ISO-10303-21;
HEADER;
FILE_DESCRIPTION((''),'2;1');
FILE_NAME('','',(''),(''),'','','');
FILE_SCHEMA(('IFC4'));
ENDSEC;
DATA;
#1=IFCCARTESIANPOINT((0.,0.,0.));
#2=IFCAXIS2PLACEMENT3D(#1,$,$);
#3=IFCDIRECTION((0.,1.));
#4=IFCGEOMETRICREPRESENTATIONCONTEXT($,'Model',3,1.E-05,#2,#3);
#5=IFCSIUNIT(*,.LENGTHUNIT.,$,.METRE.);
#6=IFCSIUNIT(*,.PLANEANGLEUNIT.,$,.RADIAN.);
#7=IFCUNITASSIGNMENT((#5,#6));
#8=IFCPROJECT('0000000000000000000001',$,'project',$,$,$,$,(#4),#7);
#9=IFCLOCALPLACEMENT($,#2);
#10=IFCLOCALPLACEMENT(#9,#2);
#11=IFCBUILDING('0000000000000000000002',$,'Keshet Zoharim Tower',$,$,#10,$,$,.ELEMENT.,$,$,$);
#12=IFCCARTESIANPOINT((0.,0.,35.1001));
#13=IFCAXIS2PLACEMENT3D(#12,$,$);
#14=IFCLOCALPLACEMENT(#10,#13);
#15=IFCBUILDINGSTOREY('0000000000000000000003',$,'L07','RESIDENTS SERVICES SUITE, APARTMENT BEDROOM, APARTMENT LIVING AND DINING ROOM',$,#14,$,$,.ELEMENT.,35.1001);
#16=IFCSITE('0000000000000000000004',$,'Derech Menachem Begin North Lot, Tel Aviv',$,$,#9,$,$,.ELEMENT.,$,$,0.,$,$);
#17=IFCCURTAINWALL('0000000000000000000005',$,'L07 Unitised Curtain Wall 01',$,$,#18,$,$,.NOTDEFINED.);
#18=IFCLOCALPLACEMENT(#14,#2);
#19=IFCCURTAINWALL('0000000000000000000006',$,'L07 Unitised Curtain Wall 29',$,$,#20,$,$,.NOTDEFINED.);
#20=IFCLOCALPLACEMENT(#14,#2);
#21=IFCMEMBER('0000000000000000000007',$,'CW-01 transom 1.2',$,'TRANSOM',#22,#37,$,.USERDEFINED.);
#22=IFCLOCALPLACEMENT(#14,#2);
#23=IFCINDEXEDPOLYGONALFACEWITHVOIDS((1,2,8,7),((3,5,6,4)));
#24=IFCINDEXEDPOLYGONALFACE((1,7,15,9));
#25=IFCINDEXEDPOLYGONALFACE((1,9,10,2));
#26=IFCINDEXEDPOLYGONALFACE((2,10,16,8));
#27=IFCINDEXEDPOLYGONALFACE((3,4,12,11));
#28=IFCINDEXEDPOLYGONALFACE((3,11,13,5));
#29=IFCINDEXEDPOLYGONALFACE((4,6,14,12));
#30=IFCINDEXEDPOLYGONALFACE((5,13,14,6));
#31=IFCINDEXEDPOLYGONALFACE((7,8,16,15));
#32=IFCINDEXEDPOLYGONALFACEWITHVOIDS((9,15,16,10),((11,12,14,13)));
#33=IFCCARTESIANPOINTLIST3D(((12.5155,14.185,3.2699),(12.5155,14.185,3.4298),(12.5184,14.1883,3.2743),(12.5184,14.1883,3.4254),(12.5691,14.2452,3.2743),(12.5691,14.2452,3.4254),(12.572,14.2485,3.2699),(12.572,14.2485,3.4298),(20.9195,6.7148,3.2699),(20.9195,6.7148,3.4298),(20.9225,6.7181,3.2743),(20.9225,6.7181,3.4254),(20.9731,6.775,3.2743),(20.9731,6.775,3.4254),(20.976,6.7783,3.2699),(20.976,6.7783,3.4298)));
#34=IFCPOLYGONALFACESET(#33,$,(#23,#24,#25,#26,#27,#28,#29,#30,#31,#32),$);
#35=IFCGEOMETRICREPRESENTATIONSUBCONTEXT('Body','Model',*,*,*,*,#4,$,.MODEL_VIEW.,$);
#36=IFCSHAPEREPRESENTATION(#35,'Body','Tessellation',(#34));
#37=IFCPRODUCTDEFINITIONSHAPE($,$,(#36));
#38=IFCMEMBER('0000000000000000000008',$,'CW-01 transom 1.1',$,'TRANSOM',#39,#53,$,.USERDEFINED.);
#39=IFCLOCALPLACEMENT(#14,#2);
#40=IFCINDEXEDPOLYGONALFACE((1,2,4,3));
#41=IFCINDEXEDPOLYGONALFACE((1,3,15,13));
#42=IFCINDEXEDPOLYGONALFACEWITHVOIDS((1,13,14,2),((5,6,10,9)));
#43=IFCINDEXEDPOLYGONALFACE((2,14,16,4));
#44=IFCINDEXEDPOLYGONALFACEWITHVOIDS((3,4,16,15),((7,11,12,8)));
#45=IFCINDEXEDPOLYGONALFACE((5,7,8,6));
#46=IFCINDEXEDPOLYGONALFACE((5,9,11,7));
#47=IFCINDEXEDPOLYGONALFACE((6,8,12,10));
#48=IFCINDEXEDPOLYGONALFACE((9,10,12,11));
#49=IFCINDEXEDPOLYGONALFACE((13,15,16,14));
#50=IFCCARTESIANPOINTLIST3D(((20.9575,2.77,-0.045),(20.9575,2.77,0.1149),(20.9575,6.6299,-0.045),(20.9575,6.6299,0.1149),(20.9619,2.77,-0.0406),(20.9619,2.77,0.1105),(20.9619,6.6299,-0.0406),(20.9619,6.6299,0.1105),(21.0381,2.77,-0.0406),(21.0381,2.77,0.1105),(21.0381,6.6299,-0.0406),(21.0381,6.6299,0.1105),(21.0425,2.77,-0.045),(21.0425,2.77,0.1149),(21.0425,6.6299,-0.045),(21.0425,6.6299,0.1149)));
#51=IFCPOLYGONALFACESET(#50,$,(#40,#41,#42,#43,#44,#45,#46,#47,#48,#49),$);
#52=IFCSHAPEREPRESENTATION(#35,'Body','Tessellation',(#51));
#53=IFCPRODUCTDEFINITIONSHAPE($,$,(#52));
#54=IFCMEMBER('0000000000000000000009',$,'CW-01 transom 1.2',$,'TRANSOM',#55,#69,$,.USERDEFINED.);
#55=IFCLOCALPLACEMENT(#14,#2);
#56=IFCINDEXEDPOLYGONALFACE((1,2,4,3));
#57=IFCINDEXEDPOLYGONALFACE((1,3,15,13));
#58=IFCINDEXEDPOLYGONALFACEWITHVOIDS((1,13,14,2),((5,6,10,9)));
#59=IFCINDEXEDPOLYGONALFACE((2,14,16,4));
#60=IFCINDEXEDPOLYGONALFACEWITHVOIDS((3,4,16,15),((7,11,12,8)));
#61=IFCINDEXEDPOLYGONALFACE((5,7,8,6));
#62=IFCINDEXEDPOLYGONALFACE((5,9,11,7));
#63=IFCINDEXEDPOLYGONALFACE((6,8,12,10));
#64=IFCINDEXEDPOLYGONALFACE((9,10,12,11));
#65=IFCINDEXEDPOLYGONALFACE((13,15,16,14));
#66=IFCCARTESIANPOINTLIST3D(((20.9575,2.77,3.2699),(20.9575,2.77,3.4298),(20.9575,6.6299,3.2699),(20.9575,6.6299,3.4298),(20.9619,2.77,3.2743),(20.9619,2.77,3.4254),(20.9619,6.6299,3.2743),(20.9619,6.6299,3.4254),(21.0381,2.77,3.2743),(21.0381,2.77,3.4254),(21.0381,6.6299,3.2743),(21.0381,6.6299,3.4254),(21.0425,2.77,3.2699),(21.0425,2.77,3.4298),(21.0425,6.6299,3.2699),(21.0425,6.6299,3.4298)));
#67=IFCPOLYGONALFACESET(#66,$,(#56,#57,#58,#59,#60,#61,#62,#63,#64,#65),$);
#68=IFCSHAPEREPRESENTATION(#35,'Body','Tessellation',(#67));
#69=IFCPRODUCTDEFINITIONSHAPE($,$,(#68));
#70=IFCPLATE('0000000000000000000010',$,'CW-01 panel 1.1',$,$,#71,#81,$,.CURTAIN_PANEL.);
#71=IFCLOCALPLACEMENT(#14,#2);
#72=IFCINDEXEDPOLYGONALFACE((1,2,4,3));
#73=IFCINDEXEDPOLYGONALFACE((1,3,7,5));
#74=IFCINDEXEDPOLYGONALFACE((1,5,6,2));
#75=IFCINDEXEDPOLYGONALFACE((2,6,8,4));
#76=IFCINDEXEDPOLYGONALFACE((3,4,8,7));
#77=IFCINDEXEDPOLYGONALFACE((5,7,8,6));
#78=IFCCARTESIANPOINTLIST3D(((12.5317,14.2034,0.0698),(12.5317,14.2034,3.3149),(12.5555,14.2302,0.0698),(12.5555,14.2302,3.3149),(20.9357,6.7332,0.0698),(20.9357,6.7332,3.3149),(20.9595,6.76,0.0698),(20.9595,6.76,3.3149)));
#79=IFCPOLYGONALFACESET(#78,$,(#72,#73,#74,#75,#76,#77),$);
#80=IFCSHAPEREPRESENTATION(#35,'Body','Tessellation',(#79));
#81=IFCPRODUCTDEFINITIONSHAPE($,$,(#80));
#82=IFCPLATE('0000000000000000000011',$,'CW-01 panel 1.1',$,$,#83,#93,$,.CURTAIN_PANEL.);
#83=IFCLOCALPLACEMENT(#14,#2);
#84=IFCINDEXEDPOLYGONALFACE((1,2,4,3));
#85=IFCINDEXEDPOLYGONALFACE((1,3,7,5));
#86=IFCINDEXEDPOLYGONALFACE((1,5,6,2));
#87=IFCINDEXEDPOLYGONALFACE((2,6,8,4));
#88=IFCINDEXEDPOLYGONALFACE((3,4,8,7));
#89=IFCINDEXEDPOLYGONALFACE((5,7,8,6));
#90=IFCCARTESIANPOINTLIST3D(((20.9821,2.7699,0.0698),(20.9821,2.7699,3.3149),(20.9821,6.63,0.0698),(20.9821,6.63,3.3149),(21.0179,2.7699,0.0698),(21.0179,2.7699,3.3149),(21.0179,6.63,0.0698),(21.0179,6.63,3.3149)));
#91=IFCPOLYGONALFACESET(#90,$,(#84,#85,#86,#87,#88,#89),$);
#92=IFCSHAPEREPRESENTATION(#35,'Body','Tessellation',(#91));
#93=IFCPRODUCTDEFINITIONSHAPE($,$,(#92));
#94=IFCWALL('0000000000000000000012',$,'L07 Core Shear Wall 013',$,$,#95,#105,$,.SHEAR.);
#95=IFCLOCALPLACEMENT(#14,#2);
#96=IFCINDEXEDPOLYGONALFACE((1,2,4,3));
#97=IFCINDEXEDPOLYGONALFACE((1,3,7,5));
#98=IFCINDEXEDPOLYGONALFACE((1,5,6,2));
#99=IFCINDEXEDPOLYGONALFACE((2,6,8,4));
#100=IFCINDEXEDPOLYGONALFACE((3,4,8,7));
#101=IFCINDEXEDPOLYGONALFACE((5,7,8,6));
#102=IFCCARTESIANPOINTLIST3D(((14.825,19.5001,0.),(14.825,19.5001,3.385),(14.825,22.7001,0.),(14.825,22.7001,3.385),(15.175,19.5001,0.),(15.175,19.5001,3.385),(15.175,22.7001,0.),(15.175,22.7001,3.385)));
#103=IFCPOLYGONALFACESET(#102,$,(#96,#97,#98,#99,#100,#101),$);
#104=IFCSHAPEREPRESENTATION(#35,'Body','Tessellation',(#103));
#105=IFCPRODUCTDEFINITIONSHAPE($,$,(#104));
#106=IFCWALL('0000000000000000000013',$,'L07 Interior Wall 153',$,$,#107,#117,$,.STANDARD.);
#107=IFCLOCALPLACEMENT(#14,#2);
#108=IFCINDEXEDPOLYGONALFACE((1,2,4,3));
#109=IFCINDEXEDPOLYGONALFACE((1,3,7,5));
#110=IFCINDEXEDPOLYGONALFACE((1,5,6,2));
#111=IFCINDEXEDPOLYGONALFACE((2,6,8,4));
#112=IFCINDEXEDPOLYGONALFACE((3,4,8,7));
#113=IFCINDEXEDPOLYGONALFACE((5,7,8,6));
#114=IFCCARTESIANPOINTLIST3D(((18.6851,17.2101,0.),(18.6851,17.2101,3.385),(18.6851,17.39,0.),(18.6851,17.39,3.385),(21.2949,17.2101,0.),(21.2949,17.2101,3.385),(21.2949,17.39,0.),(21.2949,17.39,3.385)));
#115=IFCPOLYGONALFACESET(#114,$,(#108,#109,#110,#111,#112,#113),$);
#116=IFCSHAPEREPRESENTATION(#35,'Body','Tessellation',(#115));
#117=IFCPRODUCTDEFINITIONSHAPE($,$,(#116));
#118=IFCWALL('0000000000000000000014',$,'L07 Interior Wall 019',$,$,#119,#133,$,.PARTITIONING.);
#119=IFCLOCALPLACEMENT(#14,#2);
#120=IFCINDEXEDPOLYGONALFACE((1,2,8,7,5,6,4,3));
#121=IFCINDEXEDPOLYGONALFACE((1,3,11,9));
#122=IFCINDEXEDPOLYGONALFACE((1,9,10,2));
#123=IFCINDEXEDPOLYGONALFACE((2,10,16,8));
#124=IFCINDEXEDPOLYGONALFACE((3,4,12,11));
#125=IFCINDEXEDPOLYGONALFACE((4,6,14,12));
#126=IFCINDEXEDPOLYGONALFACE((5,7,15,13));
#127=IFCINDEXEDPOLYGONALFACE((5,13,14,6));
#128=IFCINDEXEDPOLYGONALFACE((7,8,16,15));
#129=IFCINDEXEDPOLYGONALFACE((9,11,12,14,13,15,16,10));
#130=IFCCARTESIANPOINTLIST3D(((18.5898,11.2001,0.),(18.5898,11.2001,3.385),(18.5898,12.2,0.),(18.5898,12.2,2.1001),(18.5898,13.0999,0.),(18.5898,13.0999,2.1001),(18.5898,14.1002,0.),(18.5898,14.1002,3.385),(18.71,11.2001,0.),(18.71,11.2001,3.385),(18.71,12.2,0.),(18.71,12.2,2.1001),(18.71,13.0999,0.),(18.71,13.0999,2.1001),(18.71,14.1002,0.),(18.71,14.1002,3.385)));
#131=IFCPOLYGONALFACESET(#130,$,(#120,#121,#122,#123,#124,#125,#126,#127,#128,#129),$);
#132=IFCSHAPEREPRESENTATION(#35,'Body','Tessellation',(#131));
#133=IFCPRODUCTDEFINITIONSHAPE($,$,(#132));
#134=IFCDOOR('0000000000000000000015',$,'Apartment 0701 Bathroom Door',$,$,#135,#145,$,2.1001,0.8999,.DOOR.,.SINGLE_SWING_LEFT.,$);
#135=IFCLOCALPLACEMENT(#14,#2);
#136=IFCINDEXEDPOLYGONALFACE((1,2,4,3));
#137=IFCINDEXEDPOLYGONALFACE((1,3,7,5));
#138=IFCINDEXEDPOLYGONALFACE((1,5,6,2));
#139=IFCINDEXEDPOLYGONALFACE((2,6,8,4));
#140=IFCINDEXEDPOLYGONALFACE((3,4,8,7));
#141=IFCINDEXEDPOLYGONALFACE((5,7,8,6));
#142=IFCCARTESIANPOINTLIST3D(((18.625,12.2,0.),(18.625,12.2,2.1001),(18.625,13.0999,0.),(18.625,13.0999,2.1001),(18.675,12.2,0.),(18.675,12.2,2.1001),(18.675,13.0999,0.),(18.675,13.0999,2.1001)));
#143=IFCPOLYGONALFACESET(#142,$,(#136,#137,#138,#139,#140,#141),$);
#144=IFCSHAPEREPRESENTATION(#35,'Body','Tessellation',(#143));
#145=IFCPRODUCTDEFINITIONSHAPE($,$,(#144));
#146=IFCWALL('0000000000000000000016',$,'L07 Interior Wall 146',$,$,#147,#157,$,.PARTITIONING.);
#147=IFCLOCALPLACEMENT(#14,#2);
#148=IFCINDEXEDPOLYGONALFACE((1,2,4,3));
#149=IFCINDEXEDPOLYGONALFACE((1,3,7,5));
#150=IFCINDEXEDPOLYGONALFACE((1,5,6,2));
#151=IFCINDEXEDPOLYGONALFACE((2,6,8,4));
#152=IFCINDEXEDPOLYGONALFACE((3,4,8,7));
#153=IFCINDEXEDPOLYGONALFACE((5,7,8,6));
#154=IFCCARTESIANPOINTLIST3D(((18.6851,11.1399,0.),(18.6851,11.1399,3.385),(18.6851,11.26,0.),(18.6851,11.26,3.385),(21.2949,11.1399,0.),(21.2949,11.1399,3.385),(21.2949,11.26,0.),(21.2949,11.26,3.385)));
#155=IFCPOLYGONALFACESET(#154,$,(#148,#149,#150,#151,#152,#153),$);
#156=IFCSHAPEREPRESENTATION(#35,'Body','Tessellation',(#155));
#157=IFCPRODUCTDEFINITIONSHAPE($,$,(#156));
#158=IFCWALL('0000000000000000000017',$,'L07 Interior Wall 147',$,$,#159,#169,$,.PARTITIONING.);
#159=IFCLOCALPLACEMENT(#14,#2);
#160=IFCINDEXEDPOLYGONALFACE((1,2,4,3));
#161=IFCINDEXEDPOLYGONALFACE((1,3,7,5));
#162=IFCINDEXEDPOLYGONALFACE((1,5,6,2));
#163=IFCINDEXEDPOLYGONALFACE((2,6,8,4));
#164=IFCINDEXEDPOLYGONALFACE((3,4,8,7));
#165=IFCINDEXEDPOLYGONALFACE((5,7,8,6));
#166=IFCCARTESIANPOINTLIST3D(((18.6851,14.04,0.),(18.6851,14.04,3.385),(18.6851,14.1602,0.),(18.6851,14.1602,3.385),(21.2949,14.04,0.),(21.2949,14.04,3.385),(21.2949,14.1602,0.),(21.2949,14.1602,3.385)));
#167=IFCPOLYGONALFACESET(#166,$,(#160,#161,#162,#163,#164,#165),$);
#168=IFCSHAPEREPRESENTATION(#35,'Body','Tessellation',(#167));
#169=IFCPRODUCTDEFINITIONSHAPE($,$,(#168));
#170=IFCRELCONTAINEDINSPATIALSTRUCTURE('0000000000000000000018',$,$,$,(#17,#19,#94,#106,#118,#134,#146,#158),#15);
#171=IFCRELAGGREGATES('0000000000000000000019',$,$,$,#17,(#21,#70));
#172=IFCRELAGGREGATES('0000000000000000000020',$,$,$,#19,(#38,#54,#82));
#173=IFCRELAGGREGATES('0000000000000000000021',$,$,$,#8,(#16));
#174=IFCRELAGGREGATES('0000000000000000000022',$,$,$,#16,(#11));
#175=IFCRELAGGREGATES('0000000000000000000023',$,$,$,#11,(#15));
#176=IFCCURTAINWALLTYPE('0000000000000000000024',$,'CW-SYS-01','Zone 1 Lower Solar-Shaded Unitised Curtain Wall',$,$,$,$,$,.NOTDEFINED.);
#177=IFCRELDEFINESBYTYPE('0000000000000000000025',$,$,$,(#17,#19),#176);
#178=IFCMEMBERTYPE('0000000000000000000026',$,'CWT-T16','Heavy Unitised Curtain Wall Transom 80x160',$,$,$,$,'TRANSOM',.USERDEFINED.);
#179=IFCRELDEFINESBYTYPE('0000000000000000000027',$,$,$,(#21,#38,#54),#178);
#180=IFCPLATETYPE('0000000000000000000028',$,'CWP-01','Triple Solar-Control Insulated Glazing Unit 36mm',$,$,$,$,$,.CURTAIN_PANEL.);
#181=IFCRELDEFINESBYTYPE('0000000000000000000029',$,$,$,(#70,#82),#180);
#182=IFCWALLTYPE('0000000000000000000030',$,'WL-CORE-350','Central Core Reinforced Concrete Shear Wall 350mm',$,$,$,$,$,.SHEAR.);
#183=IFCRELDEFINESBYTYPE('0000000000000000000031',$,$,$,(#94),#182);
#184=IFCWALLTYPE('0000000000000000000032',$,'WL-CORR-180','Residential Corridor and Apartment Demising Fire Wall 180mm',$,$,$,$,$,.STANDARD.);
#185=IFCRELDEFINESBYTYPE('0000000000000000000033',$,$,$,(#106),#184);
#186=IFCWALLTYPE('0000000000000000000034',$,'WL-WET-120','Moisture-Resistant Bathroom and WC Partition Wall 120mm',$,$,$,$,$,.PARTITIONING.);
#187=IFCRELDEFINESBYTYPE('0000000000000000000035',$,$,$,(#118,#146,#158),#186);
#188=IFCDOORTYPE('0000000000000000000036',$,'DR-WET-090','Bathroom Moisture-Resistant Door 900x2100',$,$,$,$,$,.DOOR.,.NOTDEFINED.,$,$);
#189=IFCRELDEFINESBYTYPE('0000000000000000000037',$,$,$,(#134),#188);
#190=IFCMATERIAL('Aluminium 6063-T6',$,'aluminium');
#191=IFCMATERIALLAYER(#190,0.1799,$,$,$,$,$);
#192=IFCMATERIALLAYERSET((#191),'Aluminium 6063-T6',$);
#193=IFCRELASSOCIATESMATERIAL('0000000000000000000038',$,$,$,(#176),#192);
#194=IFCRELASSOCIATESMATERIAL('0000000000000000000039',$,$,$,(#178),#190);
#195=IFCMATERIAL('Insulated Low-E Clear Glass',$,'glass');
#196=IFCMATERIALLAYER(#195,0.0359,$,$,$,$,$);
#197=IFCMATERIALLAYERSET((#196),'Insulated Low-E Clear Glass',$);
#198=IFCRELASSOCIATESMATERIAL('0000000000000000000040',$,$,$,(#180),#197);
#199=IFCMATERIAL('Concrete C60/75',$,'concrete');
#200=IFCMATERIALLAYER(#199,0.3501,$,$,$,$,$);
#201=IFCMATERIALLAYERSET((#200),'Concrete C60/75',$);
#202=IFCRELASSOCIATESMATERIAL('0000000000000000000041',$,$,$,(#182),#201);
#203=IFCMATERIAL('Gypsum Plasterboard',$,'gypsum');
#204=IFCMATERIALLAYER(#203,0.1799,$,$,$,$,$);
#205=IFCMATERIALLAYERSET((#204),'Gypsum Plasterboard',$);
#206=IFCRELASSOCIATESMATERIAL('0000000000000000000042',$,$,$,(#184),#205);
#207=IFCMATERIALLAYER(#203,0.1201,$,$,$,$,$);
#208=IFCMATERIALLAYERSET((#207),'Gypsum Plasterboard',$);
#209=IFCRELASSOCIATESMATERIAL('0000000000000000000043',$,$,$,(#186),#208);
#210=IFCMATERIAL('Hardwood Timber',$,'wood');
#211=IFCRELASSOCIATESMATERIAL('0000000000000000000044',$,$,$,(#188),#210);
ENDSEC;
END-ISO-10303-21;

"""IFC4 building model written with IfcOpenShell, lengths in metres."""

from ifc_helpers import new_model, si_unit, direction, frame, frame_2d, origin, origin_2d, place, context, subcontext, project, spatial, rectangle, hollow_rectangle, extrude, material, layer, layer_set, material_profile, profile_set, type_object, element, fill, aggregate, save


model = new_model("IFC4")

# Units and contexts
model_context = context("Model", 3, precision=1e-05, world=origin(), true_north=direction((0.0, 1.0)))
body_context = subcontext(model_context, "Body", "Model", "MODEL_VIEW")
ifc_project = project(units=[si_unit("LENGTHUNIT", "METRE"), si_unit("PLANEANGLEUNIT", "RADIAN")], contexts=[model_context])

# Site, building, storey
site_placement = place(None, origin())
site = spatial("IfcSite", under=ifc_project, at=site_placement, Name="Derech Menachem Begin North Lot, Tel Aviv", CompositionType="ELEMENT", RefElevation=0.0)
building_placement = place(site_placement, origin())
building = spatial("IfcBuilding", under=site, at=building_placement, Name="Keshet Zoharim Tower", CompositionType="ELEMENT")
storey_placement = place(building_placement, frame((0.0, 0.0, 35.1001)))
storey = spatial("IfcBuildingStorey", under=building, at=storey_placement, Name="L07", Description="RESIDENTS SERVICES SUITE, APARTMENT BEDROOM, APARTMENT LIVING AND DINING ROOM", CompositionType="ELEMENT", Elevation=35.1001)

# Shared definitions
ifc_material_1 = material(Name="Concrete C60/75", Category="concrete")

# Curtain wall
ifc_material_2 = material(Name="Aluminium 6063-T6", Category="aluminium")
ifc_layer_1 = layer(ifc_material_2, 0.1799)
ifc_layer_set_1 = layer_set([ifc_layer_1], Name="Aluminium 6063-T6")
curtain_wall_type = type_object("IfcCurtainWallType", Name="CW-SYS-01", Description="Zone 1 Lower Solar-Shaded Unitised Curtain Wall", PredefinedType="NOTDEFINED", material=ifc_layer_set_1)
curtain_wall_1_placement = place(storey_placement, origin())
curtain_wall_1 = element("IfcCurtainWall", 1, at=curtain_wall_1_placement, inside=storey, type_object=curtain_wall_type, Name="L07 Unitised Curtain Wall 01", PredefinedType="NOTDEFINED")

# Curtain wall
curtain_wall_2_placement = place(storey_placement, origin())
curtain_wall_2 = element("IfcCurtainWall", 2, at=curtain_wall_2_placement, inside=storey, type_object=curtain_wall_type, Name="L07 Unitised Curtain Wall 29", PredefinedType="NOTDEFINED")

# Members
ifc_material_profile_1 = material_profile(ifc_material_2, hollow_rectangle(XDim=0.085, YDim=0.1599, WallThickness=0.0044, at=origin_2d()), Name="TRN-85x160")
ifc_profile_set_1 = profile_set([ifc_material_profile_1], Name="Aluminium 6063-T6")
member_type_1 = type_object("IfcMemberType", Name="CWT-T16", Description="Heavy Unitised Curtain Wall Transom 80x160", ElementType="TRANSOM", PredefinedType="USERDEFINED", material=ifc_profile_set_1)
member_1_placement = place(storey_placement, frame((20.9478, 6.7466, 3.3499), z_axis=(-0.747412, 0.664361, 0.0), x_axis=(-0.664361, -0.747412, 0.0)))
member_1 = element("IfcMember", 3, at=member_1_placement, type_object=member_type_1, Name="CW-01 transom 1.2", ObjectType="TRANSOM", PredefinedType="USERDEFINED", context=body_context, shape_type="SweptSolid", body=[
    extrude(hollow_rectangle(XDim=0.085, YDim=0.1599, WallThickness=0.0044, at=origin_2d()), origin(), (0.0, 0.0, 1.0), 11.2441),
])
member_2_placement = place(storey_placement, frame((21.0, 2.77, 0.0349), z_axis=(0.0, 1.0, 0.0), x_axis=(-1.0, 0.0, 0.0)))
member_2 = element("IfcMember", 4, at=member_2_placement, type_object=member_type_1, Name="CW-01 transom 1.1", ObjectType="TRANSOM", PredefinedType="USERDEFINED", context=body_context, shape_type="SweptSolid", body=[
    extrude(hollow_rectangle(XDim=0.085, YDim=0.1599, WallThickness=0.0044, at=origin_2d()), origin(), (0.0, 0.0, 1.0), 3.8599),
])
member_3_placement = place(storey_placement, frame((21.0, 2.77, 3.3499), z_axis=(0.0, 1.0, 0.0), x_axis=(-1.0, 0.0, 0.0)))
member_3 = element("IfcMember", 5, at=member_3_placement, type_object=member_type_1, Name="CW-01 transom 1.2", ObjectType="TRANSOM", PredefinedType="USERDEFINED", context=body_context, shape_type="SweptSolid", body=[
    extrude(hollow_rectangle(XDim=0.085, YDim=0.1599, WallThickness=0.0044, at=origin_2d()), origin(), (0.0, 0.0, 1.0), 3.8599),
])

# Plates
ifc_material_3 = material(Name="Insulated Low-E Clear Glass", Category="glass")
ifc_layer_2 = layer(ifc_material_3, 0.0359)
ifc_layer_set_2 = layer_set([ifc_layer_2], Name="Insulated Low-E Clear Glass")
plate_type = type_object("IfcPlateType", Name="CWP-01", Description="Triple Solar-Control Insulated Glazing Unit 36mm", PredefinedType="CURTAIN_PANEL", material=ifc_layer_set_2)
plate_1_placement = place(storey_placement, frame((16.7456, 10.4817, 0.0698), z_axis=(0.0, 0.0, 1.0), x_axis=(-0.747409, 0.664364, 0.0)))
plate_1 = element("IfcPlate", 6, at=plate_1_placement, type_object=plate_type, Name="CW-01 panel 1.1", PredefinedType="CURTAIN_PANEL", context=body_context, shape_type="SweptSolid", body=[
    extrude(rectangle(XDim=11.2441, YDim=0.0359, at=origin_2d()), origin(), (0.0, 0.0, 1.0), 3.2451),
])
aggregate(curtain_wall_1, [member_1, plate_1])
plate_2_placement = place(storey_placement, frame((21.0, 4.7, 0.0698), z_axis=(0.0, 0.0, 1.0), x_axis=(0.0, 1.0, 0.0)))
plate_2 = element("IfcPlate", 7, at=plate_2_placement, type_object=plate_type, Name="CW-01 panel 1.1", PredefinedType="CURTAIN_PANEL", context=body_context, shape_type="SweptSolid", body=[
    extrude(rectangle(XDim=3.8601, YDim=0.0359, at=origin_2d()), origin(), (0.0, 0.0, 1.0), 3.2451),
])
aggregate(curtain_wall_2, [member_2, member_3, plate_2])

# Walls
ifc_layer_3 = layer(ifc_material_1, 0.3501)
ifc_layer_set_3 = layer_set([ifc_layer_3], Name="Concrete C60/75")
wall_type_1 = type_object("IfcWallType", Name="WL-CORE-350", Description="Central Core Reinforced Concrete Shear Wall 350mm", PredefinedType="SHEAR", material=ifc_layer_set_3)
wall_1_placement = place(storey_placement, frame((15.0, 19.5, 0.0), z_axis=(0.0, 0.0, 1.0), x_axis=(0.0, 1.0, 0.0)))
element("IfcWall", 8, at=wall_1_placement, inside=storey, type_object=wall_type_1, Name="L07 Core Shear Wall 013", PredefinedType="SHEAR", context=body_context, shape_type="SweptSolid", body=[
    extrude(rectangle(XDim=3.2, YDim=0.3501, at=frame_2d((1.6001, 0.0))), origin(), (0.0, 0.0, 1.0), 3.385),
])
ifc_material_4 = material(Name="Gypsum Plasterboard", Category="gypsum")
ifc_layer_4 = layer(ifc_material_4, 0.1799)
ifc_layer_set_4 = layer_set([ifc_layer_4], Name="Gypsum Plasterboard")
wall_type_2 = type_object("IfcWallType", Name="WL-CORR-180", Description="Residential Corridor and Apartment Demising Fire Wall 180mm", PredefinedType="STANDARD", material=ifc_layer_set_4)
wall_2_placement = place(storey_placement, frame((18.6851, 17.3, 0.0), z_axis=(0.0, 0.0, 1.0), x_axis=(1.0, 0.0, 0.0)))
element("IfcWall", 9, at=wall_2_placement, inside=storey, type_object=wall_type_2, Name="L07 Interior Wall 153", PredefinedType="STANDARD", context=body_context, shape_type="SweptSolid", body=[
    extrude(rectangle(XDim=2.6099, YDim=0.1799, at=frame_2d((1.3049, 0.0))), origin(), (0.0, 0.0, 1.0), 3.385),
])

# Wall, opening, door
ifc_material_5 = material(Name="Hardwood Timber", Category="wood")
ifc_layer_5 = layer(ifc_material_4, 0.1201)
ifc_layer_set_5 = layer_set([ifc_layer_5], Name="Gypsum Plasterboard")
wall_type_3 = type_object("IfcWallType", Name="WL-WET-120", Description="Moisture-Resistant Bathroom and WC Partition Wall 120mm", PredefinedType="PARTITIONING", material=ifc_layer_set_5)
wall_3_placement = place(storey_placement, frame((18.6499, 11.2, 0.0), z_axis=(0.0, 0.0, 1.0), x_axis=(0.0, 1.0, 0.0)))
wall_3 = element("IfcWall", 10, at=wall_3_placement, inside=storey, type_object=wall_type_3, Name="L07 Interior Wall 019", PredefinedType="PARTITIONING", context=body_context, shape_type="SweptSolid", body=[
    extrude(rectangle(XDim=2.9001, YDim=0.1201, at=frame_2d((1.4502, 0.0))), origin(), (0.0, 0.0, 1.0), 3.385),
])
opening_1_placement = place(wall_3_placement, frame((1.0, 0.0, 0.0)))
opening_1 = element("IfcOpeningElement", 11, at=opening_1_placement, cuts=wall_3, PredefinedType="OPENING", context=body_context, shape_type="SweptSolid", body=[
    extrude(rectangle(XDim=0.8999, YDim=2.1001, at=frame_2d((0.45, 1.05))), frame((0.0, 0.0701, 0.0), z_axis=(0.0, -1.0, 0.0), x_axis=(1.0, 0.0, 0.0)), (0.0, 0.0, 1.0), 0.1401),
])
door_type_1 = type_object("IfcDoorType", Name="DR-WET-090", Description="Bathroom Moisture-Resistant Door 900x2100", OperationType="NOTDEFINED", PredefinedType="DOOR", material=ifc_material_5)
door_1_placement = place(opening_1_placement, origin())
door_1 = element("IfcDoor", 12, at=door_1_placement, inside=storey, type_object=door_type_1, Name="Apartment 0701 Bathroom Door", OperationType="SINGLE_SWING_LEFT", OverallHeight=2.1001, OverallWidth=0.8999, PredefinedType="DOOR", context=body_context, shape_type="SweptSolid", body=[
    extrude(rectangle(XDim=0.8999, YDim=2.1001, at=frame_2d((0.45, 1.05))), frame((0.0, 0.0249, 0.0), z_axis=(0.0, -1.0, 0.0), x_axis=(1.0, 0.0, 0.0)), (0.0, 0.0, 1.0), 0.05),
])
fill(opening_1, door_1)

# Walls
for number, where, z_axis, x_axis, name in (
    (13, (18.6851, 11.2, 0.0), (0.0, 0.0, 1.0), (1.0, 0.0, 0.0), "L07 Interior Wall 146"),
    (14, (18.6851, 14.1001, 0.0), (0.0, 0.0, 1.0), (1.0, 0.0, 0.0), "L07 Interior Wall 147"),
):
    element("IfcWall", number, at=place(storey_placement, frame(where, z_axis=z_axis, x_axis=x_axis)), inside=storey, type_object=wall_type_3, Name=name, PredefinedType="PARTITIONING", context=body_context, shape_type="SweptSolid", body=[
        extrude(rectangle(XDim=2.6099, YDim=0.1201, at=frame_2d((1.3049, 0.0))), origin(), (0.0, 0.0, 1.0), 3.385),
    ])

save(model, "model.ifc")
